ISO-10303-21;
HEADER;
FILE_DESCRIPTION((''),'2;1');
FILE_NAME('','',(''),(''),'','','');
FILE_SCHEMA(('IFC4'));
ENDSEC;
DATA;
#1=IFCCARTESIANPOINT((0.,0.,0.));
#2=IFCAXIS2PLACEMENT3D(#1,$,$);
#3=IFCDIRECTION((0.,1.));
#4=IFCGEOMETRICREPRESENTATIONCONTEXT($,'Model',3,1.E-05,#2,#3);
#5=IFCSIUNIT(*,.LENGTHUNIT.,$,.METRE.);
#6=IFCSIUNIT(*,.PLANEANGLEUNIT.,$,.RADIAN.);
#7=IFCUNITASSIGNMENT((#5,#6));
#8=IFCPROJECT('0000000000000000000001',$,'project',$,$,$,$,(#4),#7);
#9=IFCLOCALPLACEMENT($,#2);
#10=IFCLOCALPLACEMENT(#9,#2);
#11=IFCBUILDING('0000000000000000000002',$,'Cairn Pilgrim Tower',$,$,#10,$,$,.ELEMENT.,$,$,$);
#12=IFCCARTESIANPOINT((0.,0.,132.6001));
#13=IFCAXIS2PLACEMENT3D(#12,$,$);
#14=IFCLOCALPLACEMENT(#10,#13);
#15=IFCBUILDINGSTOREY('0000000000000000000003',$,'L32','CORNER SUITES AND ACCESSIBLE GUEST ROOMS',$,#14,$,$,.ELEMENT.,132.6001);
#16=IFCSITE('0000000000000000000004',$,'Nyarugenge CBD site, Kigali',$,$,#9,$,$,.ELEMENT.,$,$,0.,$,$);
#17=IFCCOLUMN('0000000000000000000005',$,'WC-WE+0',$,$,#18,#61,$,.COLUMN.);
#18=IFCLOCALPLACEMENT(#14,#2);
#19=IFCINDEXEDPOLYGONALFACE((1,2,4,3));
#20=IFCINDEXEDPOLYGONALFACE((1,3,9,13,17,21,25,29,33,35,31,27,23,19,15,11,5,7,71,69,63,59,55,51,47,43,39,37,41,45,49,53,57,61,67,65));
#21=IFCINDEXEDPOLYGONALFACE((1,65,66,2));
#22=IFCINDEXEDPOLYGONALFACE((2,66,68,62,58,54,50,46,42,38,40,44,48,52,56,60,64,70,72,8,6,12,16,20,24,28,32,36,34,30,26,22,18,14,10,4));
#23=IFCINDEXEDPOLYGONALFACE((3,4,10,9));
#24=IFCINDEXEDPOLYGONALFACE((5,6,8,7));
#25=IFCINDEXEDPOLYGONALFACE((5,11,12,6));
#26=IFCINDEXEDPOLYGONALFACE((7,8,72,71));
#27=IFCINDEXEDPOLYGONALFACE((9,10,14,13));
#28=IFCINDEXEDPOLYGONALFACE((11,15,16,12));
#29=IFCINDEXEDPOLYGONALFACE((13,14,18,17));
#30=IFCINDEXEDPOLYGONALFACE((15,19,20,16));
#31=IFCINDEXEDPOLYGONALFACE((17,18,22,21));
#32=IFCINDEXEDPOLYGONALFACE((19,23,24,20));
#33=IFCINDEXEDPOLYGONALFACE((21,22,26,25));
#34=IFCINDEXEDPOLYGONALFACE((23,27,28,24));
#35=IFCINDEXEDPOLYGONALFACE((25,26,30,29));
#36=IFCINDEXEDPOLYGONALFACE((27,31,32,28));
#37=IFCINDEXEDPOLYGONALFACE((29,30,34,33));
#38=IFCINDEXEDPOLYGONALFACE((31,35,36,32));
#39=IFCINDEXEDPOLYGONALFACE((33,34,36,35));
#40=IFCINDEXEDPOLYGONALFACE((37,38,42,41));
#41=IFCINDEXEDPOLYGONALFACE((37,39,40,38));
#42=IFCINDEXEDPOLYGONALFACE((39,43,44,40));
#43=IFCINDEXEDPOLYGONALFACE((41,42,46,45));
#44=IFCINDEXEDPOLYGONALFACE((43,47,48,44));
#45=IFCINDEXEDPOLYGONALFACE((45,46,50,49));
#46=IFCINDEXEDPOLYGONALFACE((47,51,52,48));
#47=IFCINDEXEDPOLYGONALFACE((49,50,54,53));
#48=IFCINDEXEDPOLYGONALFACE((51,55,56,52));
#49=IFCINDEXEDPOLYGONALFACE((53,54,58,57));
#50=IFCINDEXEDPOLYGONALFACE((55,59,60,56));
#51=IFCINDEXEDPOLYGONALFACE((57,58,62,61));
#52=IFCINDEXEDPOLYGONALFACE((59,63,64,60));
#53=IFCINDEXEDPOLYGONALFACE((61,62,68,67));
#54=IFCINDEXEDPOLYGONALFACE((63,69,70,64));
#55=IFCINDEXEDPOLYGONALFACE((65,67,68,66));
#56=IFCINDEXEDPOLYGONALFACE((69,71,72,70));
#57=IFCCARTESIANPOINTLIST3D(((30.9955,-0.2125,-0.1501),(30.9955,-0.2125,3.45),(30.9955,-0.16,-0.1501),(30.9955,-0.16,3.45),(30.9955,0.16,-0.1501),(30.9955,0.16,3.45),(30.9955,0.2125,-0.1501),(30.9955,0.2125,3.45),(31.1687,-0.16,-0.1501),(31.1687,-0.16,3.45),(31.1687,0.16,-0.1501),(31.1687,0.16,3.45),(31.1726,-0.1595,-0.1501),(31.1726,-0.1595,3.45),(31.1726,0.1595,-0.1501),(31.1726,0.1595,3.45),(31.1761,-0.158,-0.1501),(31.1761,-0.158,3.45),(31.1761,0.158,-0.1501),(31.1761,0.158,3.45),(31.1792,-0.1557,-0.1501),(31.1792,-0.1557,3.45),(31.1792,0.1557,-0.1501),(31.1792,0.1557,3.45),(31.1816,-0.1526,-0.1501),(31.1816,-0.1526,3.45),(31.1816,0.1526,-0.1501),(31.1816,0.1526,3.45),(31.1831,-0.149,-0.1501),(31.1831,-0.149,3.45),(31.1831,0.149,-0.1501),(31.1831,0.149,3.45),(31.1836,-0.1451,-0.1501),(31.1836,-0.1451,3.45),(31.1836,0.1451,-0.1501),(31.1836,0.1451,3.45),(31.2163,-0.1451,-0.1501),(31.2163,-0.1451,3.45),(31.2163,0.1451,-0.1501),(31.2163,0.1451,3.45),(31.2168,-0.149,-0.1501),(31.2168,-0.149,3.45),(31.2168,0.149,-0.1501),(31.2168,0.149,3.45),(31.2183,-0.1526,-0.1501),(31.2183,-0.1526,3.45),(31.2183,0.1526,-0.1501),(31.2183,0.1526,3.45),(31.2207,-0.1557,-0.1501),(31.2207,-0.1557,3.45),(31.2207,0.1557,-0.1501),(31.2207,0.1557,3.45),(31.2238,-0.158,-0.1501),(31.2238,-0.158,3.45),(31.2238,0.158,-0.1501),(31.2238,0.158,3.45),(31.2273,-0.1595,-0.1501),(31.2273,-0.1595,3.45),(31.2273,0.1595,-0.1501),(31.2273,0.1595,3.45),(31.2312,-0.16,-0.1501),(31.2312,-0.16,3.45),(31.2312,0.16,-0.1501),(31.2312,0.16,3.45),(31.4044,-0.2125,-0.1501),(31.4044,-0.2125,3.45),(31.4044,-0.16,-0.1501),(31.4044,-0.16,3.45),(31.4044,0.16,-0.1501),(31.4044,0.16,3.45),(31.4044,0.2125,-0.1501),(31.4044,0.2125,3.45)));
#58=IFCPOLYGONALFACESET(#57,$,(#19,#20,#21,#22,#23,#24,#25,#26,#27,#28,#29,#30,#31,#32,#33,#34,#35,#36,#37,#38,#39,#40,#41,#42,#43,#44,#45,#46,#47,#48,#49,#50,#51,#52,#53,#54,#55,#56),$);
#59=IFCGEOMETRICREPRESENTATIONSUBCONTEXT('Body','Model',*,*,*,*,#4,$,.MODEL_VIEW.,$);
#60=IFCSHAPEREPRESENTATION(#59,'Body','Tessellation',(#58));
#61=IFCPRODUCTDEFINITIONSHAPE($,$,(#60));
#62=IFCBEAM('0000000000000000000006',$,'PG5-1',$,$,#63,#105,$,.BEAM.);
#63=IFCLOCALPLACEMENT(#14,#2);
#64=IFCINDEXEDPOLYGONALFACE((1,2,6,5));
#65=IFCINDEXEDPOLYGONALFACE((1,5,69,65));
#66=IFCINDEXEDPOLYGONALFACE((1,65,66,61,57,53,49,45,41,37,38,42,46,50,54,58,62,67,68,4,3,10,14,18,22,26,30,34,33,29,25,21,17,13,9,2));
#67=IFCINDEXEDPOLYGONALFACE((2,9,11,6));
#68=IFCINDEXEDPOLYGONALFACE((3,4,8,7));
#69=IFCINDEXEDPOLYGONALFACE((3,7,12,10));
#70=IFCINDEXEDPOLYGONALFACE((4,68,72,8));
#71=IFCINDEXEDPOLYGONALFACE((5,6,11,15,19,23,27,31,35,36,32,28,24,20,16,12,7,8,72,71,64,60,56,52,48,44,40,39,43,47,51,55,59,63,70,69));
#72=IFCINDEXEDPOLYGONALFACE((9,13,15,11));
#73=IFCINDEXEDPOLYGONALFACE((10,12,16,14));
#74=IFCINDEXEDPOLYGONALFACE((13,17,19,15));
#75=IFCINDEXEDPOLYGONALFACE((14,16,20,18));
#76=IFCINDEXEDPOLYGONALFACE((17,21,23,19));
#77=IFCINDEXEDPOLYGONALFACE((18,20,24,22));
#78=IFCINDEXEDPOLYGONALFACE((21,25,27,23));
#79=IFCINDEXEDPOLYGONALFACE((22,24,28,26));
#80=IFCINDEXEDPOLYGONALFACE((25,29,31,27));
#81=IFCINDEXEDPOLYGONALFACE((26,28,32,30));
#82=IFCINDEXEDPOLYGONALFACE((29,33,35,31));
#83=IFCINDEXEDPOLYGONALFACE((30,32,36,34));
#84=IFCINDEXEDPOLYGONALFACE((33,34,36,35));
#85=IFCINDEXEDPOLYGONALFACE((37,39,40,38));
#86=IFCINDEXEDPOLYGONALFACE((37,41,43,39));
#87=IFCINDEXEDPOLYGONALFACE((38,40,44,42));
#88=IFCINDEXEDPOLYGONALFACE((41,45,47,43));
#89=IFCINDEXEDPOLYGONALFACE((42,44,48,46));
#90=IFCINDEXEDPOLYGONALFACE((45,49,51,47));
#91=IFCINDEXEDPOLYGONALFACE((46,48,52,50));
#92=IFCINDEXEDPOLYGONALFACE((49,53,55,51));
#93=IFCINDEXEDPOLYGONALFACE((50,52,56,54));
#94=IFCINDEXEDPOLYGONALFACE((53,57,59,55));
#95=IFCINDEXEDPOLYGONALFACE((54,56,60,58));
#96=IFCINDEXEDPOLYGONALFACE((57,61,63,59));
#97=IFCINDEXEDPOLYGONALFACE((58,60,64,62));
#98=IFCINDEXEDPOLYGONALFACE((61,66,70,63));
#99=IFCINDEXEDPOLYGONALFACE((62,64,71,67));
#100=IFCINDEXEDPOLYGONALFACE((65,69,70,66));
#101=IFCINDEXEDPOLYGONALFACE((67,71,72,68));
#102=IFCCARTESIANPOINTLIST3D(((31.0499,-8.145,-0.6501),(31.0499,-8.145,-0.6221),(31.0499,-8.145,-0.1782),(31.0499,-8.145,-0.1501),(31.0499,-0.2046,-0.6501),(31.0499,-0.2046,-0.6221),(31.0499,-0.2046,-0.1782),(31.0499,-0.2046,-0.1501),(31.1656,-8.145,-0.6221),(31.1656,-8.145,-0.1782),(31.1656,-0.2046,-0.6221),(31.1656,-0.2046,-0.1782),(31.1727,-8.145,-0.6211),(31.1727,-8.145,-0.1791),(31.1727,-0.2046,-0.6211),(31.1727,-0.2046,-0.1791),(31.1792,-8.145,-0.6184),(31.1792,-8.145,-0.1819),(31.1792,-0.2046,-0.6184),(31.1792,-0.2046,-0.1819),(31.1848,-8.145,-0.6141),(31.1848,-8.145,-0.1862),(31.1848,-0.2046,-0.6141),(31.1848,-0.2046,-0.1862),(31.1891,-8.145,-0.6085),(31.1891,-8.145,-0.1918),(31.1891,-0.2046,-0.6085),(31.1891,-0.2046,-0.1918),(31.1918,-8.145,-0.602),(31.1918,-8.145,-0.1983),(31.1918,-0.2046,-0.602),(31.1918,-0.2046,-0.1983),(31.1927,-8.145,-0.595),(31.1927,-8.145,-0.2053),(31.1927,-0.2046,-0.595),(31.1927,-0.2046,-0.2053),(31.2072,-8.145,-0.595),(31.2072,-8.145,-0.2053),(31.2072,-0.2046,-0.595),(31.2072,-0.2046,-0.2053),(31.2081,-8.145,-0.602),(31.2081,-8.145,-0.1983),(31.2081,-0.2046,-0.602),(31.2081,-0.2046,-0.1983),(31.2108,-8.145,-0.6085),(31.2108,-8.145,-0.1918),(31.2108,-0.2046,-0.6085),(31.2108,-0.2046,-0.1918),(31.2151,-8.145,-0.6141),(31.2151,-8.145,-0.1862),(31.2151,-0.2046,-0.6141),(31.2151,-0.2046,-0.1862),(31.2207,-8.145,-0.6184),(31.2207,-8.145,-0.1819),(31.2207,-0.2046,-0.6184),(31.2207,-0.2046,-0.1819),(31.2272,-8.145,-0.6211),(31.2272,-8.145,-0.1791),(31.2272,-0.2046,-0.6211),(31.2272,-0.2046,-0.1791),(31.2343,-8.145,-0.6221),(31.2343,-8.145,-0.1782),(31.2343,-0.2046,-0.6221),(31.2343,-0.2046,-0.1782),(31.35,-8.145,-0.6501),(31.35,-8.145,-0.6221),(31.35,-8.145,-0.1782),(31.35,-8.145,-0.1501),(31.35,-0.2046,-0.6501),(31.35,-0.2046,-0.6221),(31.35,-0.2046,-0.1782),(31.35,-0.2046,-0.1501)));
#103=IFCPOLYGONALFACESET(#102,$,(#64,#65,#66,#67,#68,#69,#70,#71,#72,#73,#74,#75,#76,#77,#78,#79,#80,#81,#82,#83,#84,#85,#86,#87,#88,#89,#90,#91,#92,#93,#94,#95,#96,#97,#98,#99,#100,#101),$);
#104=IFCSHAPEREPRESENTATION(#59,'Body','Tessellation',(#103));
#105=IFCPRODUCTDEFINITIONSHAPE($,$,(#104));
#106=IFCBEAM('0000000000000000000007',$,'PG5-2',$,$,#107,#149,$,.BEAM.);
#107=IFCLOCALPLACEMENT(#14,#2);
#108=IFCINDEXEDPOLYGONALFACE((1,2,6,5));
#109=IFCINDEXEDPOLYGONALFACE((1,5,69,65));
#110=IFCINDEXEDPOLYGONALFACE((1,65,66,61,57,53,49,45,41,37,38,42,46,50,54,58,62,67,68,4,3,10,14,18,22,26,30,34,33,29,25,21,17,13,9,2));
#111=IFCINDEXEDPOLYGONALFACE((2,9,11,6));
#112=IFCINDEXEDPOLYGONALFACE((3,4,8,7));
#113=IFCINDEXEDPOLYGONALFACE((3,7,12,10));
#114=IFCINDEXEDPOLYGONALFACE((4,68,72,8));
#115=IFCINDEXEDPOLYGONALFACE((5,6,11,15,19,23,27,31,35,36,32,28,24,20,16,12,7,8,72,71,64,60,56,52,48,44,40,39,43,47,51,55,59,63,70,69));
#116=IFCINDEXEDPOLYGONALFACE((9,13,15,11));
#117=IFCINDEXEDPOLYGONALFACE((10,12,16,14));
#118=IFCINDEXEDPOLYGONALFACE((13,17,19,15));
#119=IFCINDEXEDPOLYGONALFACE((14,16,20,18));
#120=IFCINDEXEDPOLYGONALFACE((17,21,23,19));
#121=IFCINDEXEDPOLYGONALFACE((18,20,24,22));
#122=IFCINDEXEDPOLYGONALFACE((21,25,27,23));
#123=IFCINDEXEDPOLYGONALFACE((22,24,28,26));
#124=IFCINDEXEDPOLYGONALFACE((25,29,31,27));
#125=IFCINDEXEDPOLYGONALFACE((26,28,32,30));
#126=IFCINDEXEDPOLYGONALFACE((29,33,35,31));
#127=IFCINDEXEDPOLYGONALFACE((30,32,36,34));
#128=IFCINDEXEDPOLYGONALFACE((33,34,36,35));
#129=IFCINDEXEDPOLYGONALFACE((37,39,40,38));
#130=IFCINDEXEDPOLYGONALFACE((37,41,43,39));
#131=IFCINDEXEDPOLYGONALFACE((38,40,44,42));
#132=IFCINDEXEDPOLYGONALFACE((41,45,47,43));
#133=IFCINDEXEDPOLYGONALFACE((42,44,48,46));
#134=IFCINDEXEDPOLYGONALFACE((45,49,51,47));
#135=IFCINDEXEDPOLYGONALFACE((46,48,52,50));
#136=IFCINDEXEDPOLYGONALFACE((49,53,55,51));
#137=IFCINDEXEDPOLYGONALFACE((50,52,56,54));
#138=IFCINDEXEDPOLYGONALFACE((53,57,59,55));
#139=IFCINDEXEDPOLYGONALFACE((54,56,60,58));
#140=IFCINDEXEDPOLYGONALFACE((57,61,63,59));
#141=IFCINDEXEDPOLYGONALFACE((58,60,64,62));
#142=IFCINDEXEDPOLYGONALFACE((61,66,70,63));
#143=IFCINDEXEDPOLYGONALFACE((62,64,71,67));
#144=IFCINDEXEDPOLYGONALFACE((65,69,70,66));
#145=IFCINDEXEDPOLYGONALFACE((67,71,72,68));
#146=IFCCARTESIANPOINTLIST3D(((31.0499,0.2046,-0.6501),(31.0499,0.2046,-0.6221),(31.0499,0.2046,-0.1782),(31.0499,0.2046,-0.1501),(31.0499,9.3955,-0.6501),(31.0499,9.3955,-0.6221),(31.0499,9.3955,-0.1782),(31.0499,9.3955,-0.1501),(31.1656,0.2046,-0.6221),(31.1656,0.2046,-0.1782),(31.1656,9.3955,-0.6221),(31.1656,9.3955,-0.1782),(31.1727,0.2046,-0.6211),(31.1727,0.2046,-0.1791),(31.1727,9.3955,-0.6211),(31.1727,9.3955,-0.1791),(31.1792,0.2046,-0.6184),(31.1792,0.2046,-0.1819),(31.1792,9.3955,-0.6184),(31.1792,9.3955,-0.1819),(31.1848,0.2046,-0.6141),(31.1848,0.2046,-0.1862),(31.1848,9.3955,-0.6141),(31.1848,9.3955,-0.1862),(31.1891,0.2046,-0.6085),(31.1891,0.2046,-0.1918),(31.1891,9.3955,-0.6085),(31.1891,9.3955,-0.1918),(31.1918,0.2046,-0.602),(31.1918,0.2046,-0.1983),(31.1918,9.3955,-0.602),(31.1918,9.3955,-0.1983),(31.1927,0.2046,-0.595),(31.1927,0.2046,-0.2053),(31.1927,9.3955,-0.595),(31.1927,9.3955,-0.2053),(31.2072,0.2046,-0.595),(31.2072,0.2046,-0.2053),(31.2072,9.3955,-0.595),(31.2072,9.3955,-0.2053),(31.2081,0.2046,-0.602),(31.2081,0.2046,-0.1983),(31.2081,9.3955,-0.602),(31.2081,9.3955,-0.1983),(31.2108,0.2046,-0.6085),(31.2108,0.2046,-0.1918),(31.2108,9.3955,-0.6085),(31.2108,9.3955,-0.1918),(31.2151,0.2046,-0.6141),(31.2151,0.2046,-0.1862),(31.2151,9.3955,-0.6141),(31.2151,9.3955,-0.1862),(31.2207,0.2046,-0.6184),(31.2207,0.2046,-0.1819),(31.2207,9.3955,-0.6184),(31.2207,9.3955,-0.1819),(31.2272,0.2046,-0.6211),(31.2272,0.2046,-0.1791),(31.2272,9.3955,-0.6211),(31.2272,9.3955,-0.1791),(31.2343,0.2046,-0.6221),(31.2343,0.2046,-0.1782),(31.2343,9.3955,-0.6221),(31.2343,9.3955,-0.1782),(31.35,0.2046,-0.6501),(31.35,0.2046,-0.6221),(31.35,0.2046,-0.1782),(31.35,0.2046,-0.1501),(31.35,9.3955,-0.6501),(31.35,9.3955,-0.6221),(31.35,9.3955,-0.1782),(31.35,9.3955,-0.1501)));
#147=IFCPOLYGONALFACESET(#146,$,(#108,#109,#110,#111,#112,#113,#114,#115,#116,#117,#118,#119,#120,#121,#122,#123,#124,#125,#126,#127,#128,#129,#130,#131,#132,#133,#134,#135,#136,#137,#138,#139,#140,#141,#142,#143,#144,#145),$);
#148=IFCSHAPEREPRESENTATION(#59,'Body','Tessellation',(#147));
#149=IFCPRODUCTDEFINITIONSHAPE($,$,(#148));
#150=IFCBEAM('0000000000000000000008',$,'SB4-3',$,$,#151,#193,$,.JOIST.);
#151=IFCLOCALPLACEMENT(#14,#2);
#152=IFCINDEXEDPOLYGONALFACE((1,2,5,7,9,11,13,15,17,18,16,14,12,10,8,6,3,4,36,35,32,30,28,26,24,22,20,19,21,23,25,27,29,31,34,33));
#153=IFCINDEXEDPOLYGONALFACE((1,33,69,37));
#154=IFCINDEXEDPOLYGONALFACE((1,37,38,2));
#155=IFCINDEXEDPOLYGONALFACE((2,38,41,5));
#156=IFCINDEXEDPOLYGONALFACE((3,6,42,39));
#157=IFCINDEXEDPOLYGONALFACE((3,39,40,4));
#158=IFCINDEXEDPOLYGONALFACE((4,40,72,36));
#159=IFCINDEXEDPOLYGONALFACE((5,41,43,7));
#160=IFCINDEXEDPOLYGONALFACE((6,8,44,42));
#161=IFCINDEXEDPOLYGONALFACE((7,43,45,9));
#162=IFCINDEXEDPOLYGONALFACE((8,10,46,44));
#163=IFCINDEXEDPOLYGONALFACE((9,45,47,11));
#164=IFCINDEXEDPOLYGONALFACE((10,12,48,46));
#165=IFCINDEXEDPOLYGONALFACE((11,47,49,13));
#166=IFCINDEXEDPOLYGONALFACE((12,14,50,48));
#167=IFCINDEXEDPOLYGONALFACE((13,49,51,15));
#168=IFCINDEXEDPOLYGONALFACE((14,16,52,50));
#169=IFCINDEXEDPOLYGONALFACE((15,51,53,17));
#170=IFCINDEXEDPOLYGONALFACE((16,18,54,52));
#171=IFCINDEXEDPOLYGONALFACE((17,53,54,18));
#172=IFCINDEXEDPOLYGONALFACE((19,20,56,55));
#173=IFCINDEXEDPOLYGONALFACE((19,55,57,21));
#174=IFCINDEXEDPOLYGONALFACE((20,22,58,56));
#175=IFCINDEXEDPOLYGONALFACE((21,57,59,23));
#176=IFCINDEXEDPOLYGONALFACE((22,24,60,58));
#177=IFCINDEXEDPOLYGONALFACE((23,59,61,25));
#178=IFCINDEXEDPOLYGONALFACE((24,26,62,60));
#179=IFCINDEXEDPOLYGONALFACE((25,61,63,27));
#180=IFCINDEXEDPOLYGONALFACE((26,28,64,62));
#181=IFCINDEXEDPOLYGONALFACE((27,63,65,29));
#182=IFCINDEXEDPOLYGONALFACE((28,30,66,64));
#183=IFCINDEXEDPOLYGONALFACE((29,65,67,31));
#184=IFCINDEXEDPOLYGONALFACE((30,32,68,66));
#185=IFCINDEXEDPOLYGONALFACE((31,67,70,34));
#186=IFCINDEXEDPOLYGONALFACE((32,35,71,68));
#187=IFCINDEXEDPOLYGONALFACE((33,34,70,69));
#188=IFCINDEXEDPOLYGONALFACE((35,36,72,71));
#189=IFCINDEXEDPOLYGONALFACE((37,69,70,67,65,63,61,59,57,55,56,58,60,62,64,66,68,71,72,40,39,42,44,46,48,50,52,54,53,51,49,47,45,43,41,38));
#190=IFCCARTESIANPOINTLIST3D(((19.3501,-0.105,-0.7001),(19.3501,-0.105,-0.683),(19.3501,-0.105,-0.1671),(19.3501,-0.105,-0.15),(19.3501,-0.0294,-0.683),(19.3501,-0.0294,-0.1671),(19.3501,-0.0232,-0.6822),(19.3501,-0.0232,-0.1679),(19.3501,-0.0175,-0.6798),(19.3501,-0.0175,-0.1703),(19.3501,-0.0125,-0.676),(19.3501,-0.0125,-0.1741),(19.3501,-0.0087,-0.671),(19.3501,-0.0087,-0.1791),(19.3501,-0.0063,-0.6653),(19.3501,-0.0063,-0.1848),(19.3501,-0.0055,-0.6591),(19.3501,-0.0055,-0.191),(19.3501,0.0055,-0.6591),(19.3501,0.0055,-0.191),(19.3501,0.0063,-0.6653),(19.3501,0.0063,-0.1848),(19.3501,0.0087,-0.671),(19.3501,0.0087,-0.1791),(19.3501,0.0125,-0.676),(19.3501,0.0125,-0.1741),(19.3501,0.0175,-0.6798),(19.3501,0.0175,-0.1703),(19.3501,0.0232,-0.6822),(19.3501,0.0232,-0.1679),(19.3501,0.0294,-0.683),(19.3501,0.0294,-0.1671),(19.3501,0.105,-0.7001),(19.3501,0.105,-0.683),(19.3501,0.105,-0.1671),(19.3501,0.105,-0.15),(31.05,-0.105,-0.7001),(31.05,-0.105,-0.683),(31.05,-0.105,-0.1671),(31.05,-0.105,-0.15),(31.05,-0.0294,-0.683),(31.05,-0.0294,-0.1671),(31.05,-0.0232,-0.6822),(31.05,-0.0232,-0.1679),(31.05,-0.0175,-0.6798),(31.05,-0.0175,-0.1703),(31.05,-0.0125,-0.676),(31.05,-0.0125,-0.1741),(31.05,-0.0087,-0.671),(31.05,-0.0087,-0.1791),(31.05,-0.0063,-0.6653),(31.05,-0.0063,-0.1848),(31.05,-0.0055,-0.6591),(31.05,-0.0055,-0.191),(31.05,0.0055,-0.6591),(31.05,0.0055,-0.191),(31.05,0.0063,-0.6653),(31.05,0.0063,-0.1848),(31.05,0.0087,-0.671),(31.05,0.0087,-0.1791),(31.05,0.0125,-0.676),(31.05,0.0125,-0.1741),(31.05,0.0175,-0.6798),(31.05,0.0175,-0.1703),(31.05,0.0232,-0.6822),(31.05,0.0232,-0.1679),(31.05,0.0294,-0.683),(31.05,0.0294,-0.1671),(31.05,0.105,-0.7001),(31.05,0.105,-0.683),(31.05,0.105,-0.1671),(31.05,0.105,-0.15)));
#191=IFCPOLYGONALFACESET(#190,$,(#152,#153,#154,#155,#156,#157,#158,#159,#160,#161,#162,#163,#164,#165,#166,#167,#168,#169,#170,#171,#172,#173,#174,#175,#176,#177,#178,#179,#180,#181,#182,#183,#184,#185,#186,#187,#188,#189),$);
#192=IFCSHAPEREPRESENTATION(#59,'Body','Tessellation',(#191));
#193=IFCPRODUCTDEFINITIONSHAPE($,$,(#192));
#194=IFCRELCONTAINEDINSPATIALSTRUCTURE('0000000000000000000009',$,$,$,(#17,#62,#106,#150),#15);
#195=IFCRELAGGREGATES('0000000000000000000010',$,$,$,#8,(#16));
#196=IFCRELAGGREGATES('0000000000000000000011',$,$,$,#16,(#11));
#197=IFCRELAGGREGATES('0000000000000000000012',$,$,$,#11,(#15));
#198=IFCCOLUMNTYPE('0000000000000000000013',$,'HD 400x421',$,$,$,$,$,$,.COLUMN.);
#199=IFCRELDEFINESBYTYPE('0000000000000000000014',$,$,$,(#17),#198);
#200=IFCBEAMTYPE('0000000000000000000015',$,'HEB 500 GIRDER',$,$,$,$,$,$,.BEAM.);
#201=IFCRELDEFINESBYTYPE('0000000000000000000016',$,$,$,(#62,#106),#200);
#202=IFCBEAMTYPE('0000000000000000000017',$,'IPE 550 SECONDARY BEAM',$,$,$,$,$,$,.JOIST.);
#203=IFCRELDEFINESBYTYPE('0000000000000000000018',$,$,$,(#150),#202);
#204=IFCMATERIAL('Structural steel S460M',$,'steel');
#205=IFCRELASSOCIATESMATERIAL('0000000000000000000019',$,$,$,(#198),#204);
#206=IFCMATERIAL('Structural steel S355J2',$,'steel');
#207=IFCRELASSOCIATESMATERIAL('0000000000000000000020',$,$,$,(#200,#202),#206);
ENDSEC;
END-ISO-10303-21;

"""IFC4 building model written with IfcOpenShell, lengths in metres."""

from ifc_helpers import new_model, si_unit, direction, frame, origin, origin_2d, place, context, subcontext, project, spatial, i_section, extrude, material, material_profile, profile_set, type_object, element, save


model = new_model("IFC4")

# Units and contexts
model_context = context("Model", 3, precision=1e-05, world=origin(), true_north=direction((0.0, 1.0)))
body_context = subcontext(model_context, "Body", "Model", "MODEL_VIEW")
ifc_project = project(units=[si_unit("LENGTHUNIT", "METRE"), si_unit("PLANEANGLEUNIT", "RADIAN")], contexts=[model_context])

# Site, building, storey
site_placement = place(None, origin())
site = spatial("IfcSite", under=ifc_project, at=site_placement, Name="Nyarugenge CBD site, Kigali", CompositionType="ELEMENT", RefElevation=0.0)
building_placement = place(site_placement, origin())
building = spatial("IfcBuilding", under=site, at=building_placement, Name="Cairn Pilgrim Tower", CompositionType="ELEMENT")
storey_placement = place(building_placement, frame((0.0, 0.0, 132.6001)))
storey = spatial("IfcBuildingStorey", under=building, at=storey_placement, Name="L32", Description="CORNER SUITES AND ACCESSIBLE GUEST ROOMS", CompositionType="ELEMENT", Elevation=132.6001)

# Column
ifc_material_1 = material(Name="Structural steel S460M", Category="steel")
ifc_material_profile_1 = material_profile(ifc_material_1, i_section(OverallWidth=0.4089, OverallDepth=0.425, WebThickness=0.0327, FlangeThickness=0.0525, FilletRadius=0.0149, at=origin_2d()), Name="HD 400x421")
ifc_profile_set_1 = profile_set([ifc_material_profile_1], Name="Structural steel S460M")
column_type = type_object("IfcColumnType", Name="HD 400x421", PredefinedType="COLUMN", material=ifc_profile_set_1)
column_placement = place(storey_placement, frame((31.2, 0.0, -0.1501), z_axis=(0.0, 0.0, 1.0), x_axis=(1.0, 0.0, 0.0)))
element("IfcColumn", 1, at=column_placement, inside=storey, type_object=column_type, Name="WC-WE+0", PredefinedType="COLUMN", context=body_context, shape_type="SweptSolid", body=[
    extrude(i_section(OverallWidth=0.4089, OverallDepth=0.425, WebThickness=0.0327, FlangeThickness=0.0525, FilletRadius=0.0149, at=origin_2d()), origin(), (0.0, 0.0, 1.0), 3.6001),
])

# Beams
ifc_material_2 = material(Name="Structural steel S355J2", Category="steel")
ifc_material_profile_2 = material_profile(ifc_material_2, i_section(OverallWidth=0.3, OverallDepth=0.5, WebThickness=0.0144, FlangeThickness=0.0281, FilletRadius=0.0271, at=origin_2d()), Name="HEB 500")
ifc_profile_set_2 = profile_set([ifc_material_profile_2], Name="Structural steel S355J2")
beam_type_1 = type_object("IfcBeamType", Name="HEB 500 GIRDER", PredefinedType="BEAM", material=ifc_profile_set_2)
beam_1_placement = place(storey_placement, frame((31.2, -8.145, -0.4001), z_axis=(0.0, 1.0, 0.0), x_axis=(-1.0, 0.0, 0.0)))
element("IfcBeam", 2, at=beam_1_placement, inside=storey, type_object=beam_type_1, Name="PG5-1", PredefinedType="BEAM", context=body_context, shape_type="SweptSolid", body=[
    extrude(i_section(OverallWidth=0.3, OverallDepth=0.5, WebThickness=0.0144, FlangeThickness=0.0281, FilletRadius=0.0271, at=origin_2d()), origin(), (0.0, 0.0, 1.0), 7.9404),
])
beam_2_placement = place(storey_placement, frame((31.2, 0.2046, -0.4001), z_axis=(0.0, 1.0, 0.0), x_axis=(-1.0, 0.0, 0.0)))
element("IfcBeam", 3, at=beam_2_placement, inside=storey, type_object=beam_type_1, Name="PG5-2", PredefinedType="BEAM", context=body_context, shape_type="SweptSolid", body=[
    extrude(i_section(OverallWidth=0.3, OverallDepth=0.5, WebThickness=0.0144, FlangeThickness=0.0281, FilletRadius=0.0271, at=origin_2d()), origin(), (0.0, 0.0, 1.0), 9.1909),
])
ifc_material_profile_3 = material_profile(ifc_material_2, i_section(OverallWidth=0.21, OverallDepth=0.55, WebThickness=0.011, FlangeThickness=0.0171, FilletRadius=0.0239, at=origin_2d()), Name="IPE 550")
ifc_profile_set_3 = profile_set([ifc_material_profile_3], Name="Structural steel S355J2")
beam_type_2 = type_object("IfcBeamType", Name="IPE 550 SECONDARY BEAM", PredefinedType="JOIST", material=ifc_profile_set_3)
beam_3_placement = place(storey_placement, frame((19.3501, 0.0, -0.425), z_axis=(1.0, 0.0, 0.0), x_axis=(0.0, 1.0, 0.0)))
element("IfcBeam", 4, at=beam_3_placement, inside=storey, type_object=beam_type_2, Name="SB4-3", PredefinedType="JOIST", context=body_context, shape_type="SweptSolid", body=[
    extrude(i_section(OverallWidth=0.21, OverallDepth=0.55, WebThickness=0.011, FlangeThickness=0.0171, FilletRadius=0.0239, at=origin_2d()), origin(), (0.0, 0.0, 1.0), 11.7),
])

save(model, "model.ifc")
